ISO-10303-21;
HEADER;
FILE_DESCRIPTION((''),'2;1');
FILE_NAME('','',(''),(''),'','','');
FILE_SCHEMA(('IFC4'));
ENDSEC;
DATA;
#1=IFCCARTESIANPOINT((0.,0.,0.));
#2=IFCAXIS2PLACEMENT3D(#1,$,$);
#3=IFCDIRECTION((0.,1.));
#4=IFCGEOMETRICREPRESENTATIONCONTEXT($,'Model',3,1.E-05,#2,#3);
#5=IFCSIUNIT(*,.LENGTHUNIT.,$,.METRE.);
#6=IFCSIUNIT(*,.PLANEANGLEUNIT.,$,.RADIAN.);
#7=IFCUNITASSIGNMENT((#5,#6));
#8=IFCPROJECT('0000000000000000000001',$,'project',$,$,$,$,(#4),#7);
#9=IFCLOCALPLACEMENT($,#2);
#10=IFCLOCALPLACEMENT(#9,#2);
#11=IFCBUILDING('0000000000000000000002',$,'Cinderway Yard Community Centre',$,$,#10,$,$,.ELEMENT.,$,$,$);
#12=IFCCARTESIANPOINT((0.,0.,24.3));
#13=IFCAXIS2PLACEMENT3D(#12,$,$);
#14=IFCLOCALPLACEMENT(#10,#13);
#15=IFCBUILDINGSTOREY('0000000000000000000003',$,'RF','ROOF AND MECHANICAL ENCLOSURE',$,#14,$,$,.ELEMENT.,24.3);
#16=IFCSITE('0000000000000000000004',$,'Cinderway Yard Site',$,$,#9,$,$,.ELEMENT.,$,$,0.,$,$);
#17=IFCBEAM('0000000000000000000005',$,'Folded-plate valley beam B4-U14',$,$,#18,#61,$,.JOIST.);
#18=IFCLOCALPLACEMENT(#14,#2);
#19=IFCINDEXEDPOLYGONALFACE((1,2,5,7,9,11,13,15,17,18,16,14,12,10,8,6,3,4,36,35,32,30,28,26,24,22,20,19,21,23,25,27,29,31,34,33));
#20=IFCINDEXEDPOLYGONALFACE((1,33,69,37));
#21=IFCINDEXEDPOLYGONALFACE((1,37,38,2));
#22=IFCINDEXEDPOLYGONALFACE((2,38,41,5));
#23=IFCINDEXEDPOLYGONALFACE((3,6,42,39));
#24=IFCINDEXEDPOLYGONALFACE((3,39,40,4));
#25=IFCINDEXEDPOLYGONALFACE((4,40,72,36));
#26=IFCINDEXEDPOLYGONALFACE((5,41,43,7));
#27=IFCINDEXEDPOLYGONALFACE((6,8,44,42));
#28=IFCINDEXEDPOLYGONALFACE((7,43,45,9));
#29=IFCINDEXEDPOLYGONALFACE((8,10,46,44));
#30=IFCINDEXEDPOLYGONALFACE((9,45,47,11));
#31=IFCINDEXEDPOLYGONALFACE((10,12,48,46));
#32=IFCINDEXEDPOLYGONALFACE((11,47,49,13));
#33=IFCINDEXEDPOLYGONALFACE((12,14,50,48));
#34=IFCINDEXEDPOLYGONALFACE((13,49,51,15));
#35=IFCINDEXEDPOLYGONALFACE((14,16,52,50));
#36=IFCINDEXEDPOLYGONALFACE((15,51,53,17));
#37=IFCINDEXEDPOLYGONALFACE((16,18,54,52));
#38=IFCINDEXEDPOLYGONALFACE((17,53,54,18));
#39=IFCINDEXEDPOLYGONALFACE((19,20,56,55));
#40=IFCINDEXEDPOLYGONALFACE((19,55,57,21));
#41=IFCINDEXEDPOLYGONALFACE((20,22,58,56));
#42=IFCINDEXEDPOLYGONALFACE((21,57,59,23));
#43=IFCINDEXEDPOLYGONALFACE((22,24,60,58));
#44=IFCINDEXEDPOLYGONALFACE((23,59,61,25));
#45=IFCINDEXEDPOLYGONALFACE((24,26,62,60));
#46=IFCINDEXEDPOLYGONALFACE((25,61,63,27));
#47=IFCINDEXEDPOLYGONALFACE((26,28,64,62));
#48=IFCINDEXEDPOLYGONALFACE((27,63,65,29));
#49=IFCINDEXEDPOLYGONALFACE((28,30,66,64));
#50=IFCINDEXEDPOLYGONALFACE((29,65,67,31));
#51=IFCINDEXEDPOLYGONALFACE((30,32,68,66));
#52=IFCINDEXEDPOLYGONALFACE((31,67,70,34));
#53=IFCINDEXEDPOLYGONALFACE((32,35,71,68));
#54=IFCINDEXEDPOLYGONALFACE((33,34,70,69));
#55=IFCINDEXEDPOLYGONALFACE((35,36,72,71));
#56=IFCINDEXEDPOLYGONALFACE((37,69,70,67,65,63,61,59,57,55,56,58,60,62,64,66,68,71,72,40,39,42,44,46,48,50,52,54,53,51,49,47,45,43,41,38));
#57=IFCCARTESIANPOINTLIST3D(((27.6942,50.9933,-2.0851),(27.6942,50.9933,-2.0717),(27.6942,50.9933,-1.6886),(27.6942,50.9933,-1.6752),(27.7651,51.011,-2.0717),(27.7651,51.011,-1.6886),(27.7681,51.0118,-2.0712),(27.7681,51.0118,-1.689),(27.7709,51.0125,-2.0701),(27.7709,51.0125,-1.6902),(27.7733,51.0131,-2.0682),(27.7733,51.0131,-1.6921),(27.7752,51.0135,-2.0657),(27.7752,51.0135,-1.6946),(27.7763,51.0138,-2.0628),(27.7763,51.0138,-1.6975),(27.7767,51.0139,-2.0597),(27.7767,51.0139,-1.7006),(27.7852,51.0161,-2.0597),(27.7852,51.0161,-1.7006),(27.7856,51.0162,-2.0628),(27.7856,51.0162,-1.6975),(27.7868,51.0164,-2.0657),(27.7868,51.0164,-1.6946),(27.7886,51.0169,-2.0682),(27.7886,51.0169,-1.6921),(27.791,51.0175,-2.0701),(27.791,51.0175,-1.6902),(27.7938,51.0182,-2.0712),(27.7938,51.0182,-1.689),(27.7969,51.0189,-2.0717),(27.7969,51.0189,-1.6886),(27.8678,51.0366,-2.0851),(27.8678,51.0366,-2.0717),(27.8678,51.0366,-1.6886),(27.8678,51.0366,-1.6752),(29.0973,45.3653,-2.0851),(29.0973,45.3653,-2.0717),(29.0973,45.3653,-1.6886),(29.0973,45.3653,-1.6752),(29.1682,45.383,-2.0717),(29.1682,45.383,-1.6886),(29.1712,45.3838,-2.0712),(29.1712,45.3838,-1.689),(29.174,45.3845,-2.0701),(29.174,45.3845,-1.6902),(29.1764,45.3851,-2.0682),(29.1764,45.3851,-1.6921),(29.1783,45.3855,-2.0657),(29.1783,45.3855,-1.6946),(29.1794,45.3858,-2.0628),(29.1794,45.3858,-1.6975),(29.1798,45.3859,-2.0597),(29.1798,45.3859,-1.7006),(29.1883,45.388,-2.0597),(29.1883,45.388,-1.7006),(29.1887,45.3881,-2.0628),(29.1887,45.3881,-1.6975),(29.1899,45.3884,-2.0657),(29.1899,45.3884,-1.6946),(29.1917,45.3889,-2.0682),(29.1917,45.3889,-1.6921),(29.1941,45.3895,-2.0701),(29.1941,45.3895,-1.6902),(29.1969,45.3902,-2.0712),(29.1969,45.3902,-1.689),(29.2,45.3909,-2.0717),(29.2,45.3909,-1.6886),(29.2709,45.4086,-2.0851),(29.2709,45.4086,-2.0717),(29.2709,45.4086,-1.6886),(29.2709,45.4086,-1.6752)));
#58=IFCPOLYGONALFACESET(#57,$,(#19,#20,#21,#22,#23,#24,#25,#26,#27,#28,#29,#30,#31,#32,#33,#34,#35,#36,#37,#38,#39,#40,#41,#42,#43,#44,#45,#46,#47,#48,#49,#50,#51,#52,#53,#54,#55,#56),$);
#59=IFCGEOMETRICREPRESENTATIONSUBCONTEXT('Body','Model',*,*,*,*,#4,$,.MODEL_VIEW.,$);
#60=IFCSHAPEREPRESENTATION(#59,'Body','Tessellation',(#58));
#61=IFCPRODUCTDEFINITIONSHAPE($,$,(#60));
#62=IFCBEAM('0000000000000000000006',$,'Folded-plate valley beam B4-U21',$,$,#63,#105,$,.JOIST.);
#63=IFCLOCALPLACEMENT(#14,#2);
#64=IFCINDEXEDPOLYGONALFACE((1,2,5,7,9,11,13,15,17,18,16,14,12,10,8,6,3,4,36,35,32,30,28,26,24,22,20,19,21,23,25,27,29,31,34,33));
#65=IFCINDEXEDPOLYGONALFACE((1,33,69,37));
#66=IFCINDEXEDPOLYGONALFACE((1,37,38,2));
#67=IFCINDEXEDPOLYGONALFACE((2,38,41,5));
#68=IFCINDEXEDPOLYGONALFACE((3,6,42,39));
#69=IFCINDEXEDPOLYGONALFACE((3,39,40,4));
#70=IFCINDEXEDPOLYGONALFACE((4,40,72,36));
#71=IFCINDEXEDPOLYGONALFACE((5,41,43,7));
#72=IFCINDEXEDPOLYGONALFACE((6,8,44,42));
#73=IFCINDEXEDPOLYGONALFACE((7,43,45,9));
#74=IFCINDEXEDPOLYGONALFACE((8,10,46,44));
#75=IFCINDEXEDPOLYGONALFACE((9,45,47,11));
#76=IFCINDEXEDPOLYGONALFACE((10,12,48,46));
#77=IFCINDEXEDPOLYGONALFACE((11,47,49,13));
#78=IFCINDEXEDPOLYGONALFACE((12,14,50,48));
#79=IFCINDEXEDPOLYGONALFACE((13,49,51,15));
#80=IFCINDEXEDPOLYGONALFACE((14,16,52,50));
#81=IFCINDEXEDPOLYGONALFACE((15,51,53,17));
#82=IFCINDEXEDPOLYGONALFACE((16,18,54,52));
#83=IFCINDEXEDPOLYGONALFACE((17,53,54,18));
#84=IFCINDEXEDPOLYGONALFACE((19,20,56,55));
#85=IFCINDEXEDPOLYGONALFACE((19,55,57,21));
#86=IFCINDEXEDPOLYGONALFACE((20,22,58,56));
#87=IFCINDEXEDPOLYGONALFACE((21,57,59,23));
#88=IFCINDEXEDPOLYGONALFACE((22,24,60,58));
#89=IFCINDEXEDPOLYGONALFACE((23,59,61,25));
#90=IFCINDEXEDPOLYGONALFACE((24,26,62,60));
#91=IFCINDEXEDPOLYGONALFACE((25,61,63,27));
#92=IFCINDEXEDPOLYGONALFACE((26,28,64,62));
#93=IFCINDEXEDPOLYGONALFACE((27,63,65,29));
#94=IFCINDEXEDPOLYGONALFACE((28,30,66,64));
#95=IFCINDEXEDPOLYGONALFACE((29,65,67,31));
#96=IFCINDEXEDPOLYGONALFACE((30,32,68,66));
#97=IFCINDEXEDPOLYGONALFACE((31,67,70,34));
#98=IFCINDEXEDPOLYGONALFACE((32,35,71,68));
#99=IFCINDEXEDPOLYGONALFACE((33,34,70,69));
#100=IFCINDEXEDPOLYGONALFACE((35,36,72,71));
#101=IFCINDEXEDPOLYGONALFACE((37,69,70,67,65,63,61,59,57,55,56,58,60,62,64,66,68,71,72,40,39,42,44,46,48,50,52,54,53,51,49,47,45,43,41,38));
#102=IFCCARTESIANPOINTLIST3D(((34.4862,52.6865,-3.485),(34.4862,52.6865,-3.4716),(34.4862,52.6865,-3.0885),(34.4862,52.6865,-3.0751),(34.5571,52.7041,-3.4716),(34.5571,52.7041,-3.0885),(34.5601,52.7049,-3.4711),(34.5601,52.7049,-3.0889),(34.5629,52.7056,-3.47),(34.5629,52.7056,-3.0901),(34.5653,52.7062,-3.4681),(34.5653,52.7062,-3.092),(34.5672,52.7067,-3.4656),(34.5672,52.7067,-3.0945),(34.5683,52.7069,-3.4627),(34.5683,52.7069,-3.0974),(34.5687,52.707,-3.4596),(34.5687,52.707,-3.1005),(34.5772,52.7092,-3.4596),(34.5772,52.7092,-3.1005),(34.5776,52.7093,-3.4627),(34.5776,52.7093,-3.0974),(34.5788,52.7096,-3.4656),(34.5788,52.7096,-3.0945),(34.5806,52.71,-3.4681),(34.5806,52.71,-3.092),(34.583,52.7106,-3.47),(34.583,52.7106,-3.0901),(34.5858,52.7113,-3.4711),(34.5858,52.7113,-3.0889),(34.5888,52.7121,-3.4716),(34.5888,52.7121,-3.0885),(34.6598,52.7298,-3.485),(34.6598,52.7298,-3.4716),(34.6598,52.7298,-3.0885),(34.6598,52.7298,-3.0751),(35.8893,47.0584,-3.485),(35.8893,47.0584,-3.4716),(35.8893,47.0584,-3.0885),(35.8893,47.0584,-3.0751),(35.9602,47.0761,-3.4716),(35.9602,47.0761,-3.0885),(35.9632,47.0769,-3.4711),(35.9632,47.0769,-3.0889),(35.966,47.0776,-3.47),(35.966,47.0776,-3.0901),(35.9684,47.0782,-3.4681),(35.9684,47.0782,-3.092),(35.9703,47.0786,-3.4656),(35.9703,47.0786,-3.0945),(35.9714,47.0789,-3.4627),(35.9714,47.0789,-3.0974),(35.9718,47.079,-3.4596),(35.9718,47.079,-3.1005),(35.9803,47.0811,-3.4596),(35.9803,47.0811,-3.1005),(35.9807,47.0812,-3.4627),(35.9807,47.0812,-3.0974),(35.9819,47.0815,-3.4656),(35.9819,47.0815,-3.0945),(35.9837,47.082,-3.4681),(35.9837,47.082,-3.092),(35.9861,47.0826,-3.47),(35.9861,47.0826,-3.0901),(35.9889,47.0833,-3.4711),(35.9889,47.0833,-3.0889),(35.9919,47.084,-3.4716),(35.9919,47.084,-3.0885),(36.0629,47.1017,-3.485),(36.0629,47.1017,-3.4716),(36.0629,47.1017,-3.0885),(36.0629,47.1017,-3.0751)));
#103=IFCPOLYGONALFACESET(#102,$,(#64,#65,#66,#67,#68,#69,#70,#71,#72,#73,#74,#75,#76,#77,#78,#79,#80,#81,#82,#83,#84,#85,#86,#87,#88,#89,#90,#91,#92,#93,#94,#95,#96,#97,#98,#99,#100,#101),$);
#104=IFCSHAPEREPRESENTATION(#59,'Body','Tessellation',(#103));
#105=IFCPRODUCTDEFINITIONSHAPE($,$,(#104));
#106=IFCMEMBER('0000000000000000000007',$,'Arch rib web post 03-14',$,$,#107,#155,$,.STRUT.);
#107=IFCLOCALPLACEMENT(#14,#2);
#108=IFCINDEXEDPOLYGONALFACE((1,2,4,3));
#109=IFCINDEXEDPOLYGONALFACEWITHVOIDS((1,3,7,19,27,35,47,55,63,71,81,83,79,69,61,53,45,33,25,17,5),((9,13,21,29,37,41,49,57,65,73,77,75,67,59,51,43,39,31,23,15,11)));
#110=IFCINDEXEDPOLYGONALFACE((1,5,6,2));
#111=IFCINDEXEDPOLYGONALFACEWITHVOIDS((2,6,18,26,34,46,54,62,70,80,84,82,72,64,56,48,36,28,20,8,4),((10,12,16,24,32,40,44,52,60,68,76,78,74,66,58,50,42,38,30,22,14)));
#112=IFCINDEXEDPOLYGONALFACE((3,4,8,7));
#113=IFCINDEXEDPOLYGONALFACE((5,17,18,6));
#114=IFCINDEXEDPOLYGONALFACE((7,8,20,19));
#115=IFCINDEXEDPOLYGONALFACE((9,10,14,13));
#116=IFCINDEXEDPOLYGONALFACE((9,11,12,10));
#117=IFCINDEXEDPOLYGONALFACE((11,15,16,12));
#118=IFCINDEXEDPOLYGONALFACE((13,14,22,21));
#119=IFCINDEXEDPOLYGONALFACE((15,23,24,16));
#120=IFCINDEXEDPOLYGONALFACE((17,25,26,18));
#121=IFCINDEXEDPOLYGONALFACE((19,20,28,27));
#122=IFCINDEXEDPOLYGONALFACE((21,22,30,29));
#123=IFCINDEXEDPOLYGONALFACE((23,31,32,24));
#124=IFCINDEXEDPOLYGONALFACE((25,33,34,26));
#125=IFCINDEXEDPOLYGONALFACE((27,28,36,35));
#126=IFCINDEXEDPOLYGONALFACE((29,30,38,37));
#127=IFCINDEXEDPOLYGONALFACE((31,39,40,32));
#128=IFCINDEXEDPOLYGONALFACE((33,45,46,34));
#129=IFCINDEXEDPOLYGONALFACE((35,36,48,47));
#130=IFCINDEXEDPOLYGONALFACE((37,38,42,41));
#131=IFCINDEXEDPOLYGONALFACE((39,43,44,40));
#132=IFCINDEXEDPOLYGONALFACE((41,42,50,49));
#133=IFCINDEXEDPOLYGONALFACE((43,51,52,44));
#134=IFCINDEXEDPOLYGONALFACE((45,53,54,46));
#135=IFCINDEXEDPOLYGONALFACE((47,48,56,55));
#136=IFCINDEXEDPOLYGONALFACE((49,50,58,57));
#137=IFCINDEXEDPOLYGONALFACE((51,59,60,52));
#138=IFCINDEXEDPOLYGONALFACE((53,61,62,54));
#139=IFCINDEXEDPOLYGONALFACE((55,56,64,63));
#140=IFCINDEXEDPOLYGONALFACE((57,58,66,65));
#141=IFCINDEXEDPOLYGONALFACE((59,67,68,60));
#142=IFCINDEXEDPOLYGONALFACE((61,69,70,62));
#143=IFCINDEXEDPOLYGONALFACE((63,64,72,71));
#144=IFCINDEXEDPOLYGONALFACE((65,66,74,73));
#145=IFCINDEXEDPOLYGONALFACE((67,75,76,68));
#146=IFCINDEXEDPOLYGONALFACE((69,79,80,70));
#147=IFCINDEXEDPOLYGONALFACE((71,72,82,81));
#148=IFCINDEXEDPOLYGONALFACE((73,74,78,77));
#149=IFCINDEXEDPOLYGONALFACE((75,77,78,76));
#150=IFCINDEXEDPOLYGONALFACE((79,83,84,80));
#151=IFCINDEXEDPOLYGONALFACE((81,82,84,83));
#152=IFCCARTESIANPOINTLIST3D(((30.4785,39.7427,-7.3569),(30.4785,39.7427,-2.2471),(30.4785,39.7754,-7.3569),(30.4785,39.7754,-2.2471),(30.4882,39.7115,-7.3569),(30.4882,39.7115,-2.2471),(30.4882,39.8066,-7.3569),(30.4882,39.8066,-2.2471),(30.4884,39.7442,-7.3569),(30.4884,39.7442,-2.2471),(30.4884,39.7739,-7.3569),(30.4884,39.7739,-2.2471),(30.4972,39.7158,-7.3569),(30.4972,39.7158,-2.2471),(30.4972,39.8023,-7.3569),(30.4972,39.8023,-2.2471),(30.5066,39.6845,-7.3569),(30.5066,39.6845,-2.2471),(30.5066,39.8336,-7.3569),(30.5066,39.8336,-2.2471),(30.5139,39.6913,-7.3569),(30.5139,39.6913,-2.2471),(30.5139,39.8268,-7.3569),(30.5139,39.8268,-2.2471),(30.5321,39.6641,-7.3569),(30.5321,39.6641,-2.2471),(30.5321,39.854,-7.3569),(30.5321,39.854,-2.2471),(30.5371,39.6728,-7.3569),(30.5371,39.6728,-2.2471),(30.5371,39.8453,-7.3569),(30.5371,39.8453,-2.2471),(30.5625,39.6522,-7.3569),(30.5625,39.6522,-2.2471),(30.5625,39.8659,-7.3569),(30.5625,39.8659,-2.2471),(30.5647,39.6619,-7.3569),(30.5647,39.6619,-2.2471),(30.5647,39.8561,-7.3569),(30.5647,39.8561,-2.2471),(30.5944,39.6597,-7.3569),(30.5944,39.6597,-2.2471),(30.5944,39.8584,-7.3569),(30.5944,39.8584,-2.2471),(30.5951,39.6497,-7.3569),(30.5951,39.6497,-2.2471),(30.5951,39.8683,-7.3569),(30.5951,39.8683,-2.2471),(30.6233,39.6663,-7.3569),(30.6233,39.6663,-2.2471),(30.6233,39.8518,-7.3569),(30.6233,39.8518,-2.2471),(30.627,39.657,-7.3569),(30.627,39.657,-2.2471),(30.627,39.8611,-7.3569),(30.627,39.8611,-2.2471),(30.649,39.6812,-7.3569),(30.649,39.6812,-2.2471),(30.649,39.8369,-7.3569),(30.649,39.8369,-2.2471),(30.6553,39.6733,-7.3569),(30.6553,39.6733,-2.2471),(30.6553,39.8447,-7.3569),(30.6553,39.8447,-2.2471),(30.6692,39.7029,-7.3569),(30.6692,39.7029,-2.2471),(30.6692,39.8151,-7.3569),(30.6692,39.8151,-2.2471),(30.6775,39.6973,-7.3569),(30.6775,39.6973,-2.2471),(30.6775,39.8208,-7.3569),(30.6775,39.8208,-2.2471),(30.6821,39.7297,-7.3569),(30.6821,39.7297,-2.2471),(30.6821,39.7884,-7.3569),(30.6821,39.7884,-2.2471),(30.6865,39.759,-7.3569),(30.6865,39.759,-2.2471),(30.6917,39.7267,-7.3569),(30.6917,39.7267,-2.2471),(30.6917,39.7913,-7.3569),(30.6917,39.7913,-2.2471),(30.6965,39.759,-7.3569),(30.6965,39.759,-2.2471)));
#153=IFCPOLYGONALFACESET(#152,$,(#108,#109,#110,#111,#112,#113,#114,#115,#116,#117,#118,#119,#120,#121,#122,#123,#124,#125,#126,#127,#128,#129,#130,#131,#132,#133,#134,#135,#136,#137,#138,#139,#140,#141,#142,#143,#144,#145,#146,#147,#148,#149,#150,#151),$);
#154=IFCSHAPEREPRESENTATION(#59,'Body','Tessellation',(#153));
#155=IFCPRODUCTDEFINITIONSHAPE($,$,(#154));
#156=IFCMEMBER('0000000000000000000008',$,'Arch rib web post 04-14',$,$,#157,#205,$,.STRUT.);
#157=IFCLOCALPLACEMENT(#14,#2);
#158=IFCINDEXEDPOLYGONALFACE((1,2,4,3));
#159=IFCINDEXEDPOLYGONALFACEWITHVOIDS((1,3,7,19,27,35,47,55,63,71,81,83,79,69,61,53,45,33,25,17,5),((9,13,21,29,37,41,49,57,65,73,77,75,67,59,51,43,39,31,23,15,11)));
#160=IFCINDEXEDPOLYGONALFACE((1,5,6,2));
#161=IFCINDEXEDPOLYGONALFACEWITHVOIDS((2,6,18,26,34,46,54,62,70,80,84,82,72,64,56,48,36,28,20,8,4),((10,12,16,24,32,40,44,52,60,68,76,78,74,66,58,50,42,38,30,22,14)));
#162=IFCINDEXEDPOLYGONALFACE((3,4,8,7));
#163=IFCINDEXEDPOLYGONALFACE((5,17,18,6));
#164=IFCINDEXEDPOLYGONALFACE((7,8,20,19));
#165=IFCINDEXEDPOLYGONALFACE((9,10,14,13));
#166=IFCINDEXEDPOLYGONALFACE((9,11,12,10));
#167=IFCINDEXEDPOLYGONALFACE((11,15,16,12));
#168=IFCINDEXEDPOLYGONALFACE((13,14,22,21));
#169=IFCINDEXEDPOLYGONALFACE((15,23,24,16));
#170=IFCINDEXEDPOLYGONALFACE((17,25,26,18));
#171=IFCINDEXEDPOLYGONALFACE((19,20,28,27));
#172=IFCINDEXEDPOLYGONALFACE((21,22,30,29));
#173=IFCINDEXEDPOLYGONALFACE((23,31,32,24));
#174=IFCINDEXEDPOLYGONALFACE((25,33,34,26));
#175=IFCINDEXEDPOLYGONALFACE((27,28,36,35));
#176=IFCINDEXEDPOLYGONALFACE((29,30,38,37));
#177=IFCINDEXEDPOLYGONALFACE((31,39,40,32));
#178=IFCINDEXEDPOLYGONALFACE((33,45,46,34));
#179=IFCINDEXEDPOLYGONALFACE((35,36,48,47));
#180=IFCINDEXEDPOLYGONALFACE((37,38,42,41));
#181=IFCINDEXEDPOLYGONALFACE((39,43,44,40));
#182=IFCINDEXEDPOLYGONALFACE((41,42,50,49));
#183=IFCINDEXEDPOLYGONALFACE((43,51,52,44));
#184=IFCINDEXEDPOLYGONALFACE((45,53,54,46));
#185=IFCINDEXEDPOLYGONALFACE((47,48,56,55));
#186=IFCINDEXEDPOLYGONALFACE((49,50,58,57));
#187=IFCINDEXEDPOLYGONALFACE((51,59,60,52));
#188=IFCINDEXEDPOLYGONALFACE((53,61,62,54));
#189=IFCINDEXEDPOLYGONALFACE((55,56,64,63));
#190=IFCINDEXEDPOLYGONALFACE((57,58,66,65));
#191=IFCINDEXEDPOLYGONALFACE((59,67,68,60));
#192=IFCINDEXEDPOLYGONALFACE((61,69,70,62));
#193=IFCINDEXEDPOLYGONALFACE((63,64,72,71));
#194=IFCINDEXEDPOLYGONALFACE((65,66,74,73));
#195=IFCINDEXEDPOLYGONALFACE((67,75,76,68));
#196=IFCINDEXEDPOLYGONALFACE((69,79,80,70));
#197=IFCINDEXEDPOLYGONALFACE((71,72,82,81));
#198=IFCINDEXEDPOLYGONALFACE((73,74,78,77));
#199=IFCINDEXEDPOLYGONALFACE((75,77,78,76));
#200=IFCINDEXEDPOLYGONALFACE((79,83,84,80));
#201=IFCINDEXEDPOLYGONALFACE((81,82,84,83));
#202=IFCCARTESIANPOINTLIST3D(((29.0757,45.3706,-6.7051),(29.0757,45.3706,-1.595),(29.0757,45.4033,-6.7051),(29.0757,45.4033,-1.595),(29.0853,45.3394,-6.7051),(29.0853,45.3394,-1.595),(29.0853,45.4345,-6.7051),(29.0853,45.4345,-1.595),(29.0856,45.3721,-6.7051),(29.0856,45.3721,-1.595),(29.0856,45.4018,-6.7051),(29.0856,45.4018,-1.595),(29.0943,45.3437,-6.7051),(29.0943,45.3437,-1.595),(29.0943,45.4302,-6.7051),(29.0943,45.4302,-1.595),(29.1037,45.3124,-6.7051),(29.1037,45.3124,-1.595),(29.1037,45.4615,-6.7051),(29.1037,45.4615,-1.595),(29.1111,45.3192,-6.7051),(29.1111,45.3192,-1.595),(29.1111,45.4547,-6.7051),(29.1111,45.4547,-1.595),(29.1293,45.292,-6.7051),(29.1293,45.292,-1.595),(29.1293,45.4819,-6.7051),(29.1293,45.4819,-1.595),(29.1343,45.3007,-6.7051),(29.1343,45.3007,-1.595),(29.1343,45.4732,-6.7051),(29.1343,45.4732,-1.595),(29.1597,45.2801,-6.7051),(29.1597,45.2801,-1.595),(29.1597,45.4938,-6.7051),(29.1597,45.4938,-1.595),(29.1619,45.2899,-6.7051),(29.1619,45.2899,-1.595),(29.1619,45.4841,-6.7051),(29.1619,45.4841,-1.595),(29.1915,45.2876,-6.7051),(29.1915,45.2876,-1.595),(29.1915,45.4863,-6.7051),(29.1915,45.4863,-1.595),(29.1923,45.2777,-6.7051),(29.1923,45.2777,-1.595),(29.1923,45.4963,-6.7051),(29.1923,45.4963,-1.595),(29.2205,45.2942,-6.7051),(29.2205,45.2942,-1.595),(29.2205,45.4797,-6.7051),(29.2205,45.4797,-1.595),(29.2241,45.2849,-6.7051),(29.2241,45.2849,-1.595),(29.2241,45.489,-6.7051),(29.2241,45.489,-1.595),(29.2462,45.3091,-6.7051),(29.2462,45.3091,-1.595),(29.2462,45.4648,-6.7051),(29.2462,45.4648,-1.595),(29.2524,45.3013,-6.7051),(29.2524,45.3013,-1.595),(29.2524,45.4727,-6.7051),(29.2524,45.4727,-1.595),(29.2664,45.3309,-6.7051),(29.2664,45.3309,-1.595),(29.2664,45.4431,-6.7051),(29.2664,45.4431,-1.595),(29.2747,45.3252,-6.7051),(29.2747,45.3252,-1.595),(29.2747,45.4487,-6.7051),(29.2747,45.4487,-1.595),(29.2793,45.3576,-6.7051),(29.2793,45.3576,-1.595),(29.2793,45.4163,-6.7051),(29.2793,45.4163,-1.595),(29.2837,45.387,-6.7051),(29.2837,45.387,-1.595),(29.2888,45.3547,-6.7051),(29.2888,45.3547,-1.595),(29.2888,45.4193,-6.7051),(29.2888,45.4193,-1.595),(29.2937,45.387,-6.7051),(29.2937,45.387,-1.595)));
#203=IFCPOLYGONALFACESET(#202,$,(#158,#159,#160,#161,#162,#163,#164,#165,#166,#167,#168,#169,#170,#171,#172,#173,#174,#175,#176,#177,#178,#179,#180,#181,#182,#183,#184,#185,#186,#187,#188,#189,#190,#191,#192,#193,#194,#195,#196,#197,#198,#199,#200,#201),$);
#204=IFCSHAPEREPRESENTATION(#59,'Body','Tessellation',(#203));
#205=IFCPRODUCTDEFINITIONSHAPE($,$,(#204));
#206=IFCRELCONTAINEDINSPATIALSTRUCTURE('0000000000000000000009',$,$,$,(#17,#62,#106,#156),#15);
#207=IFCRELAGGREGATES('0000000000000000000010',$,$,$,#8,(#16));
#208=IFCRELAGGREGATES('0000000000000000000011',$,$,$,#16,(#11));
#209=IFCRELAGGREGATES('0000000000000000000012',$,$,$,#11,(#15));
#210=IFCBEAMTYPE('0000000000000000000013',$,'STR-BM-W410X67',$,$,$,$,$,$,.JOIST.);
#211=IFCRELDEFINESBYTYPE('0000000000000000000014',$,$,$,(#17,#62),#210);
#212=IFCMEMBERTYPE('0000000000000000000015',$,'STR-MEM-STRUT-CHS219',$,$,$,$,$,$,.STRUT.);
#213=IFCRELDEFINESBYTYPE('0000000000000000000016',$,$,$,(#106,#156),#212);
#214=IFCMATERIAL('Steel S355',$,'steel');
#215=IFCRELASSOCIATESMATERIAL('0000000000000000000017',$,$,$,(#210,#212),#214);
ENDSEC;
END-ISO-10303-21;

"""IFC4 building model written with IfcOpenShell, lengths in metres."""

from ifc_helpers import new_model, si_unit, direction, frame, origin, origin_2d, place, context, subcontext, project, spatial, hollow_circle, i_section, extrude, material, material_profile, profile_set, type_object, element, save


model = new_model("IFC4")

# Units and contexts
model_context = context("Model", 3, precision=1e-05, world=origin(), true_north=direction((0.0, 1.0)))
body_context = subcontext(model_context, "Body", "Model", "MODEL_VIEW")
ifc_project = project(units=[si_unit("LENGTHUNIT", "METRE"), si_unit("PLANEANGLEUNIT", "RADIAN")], contexts=[model_context])

# Site, building, storey
site_placement = place(None, origin())
site = spatial("IfcSite", under=ifc_project, at=site_placement, Name="Cinderway Yard Site", CompositionType="ELEMENT", RefElevation=0.0)
building_placement = place(site_placement, origin())
building = spatial("IfcBuilding", under=site, at=building_placement, Name="Cinderway Yard Community Centre", CompositionType="ELEMENT")
storey_placement = place(building_placement, frame((0.0, 0.0, 24.3)))
storey = spatial("IfcBuildingStorey", under=building, at=storey_placement, Name="RF", Description="ROOF AND MECHANICAL ENCLOSURE", CompositionType="ELEMENT", Elevation=24.3)

# Beams
ifc_material_1 = material(Name="Steel S355", Category="steel")
ifc_material_profile_1 = material_profile(ifc_material_1, i_section(OverallWidth=0.179, OverallDepth=0.4099, WebThickness=0.0088, FlangeThickness=0.0134, FilletRadius=0.012, at=origin_2d()), Name="Steel S355")
ifc_profile_set_1 = profile_set([ifc_material_profile_1], Name="Steel S355")
beam_type_1 = type_object("IfcBeamType", Name="STR-BM-W410X67", PredefinedType="JOIST", material=ifc_profile_set_1)
for number, where, z_axis, x_axis, name in (
    (1, (29.1841, 45.387, -1.8801), (-0.241902, 0.970301, 0.0), (-0.970301, -0.241902, 0.0), "Folded-plate valley beam B4-U14"),
    (2, (35.9761, 47.0801, -3.28), (-0.241902, 0.970301, 0.0), (-0.970301, -0.241902, 0.0), "Folded-plate valley beam B4-U21"),
):
    element("IfcBeam", number, at=place(storey_placement, frame(where, z_axis=z_axis, x_axis=x_axis)), inside=storey, type_object=beam_type_1, Name=name, PredefinedType="JOIST", context=body_context, shape_type="SweptSolid", body=[
        extrude(i_section(OverallWidth=0.179, OverallDepth=0.4099, WebThickness=0.0088, FlangeThickness=0.0134, FilletRadius=0.012, at=origin_2d()), origin(), (0.0, 0.0, 1.0), 5.8003),
    ])

# Members
ifc_material_profile_2 = material_profile(ifc_material_1, hollow_circle(Radius=0.1096, WallThickness=0.01, at=origin_2d()), Name="Steel S355")
ifc_profile_set_2 = profile_set([ifc_material_profile_2], Name="Steel S355")
member_type = type_object("IfcMemberType", Name="STR-MEM-STRUT-CHS219", PredefinedType="STRUT", material=ifc_profile_set_2)
member_1_placement = place(storey_placement, frame((30.5869, 39.759, -7.3569), z_axis=(0.0, 0.0, 1.0), x_axis=(1.0, 0.0, 0.0)))
element("IfcMember", 3, at=member_1_placement, inside=storey, type_object=member_type, Name="Arch rib web post 03-14", PredefinedType="STRUT", context=body_context, shape_type="SweptSolid", body=[
    extrude(hollow_circle(Radius=0.1096, WallThickness=0.01, at=origin_2d()), origin(), (0.0, 0.0, 1.0), 5.1099),
])
member_2_placement = place(storey_placement, frame((29.1841, 45.387, -6.7051), z_axis=(0.0, 0.0, 1.0), x_axis=(1.0, 0.0, 0.0)))
element("IfcMember", 4, at=member_2_placement, inside=storey, type_object=member_type, Name="Arch rib web post 04-14", PredefinedType="STRUT", context=body_context, shape_type="SweptSolid", body=[
    extrude(hollow_circle(Radius=0.1096, WallThickness=0.01, at=origin_2d()), origin(), (0.0, 0.0, 1.0), 5.1101),
])

save(model, "model.ifc")
